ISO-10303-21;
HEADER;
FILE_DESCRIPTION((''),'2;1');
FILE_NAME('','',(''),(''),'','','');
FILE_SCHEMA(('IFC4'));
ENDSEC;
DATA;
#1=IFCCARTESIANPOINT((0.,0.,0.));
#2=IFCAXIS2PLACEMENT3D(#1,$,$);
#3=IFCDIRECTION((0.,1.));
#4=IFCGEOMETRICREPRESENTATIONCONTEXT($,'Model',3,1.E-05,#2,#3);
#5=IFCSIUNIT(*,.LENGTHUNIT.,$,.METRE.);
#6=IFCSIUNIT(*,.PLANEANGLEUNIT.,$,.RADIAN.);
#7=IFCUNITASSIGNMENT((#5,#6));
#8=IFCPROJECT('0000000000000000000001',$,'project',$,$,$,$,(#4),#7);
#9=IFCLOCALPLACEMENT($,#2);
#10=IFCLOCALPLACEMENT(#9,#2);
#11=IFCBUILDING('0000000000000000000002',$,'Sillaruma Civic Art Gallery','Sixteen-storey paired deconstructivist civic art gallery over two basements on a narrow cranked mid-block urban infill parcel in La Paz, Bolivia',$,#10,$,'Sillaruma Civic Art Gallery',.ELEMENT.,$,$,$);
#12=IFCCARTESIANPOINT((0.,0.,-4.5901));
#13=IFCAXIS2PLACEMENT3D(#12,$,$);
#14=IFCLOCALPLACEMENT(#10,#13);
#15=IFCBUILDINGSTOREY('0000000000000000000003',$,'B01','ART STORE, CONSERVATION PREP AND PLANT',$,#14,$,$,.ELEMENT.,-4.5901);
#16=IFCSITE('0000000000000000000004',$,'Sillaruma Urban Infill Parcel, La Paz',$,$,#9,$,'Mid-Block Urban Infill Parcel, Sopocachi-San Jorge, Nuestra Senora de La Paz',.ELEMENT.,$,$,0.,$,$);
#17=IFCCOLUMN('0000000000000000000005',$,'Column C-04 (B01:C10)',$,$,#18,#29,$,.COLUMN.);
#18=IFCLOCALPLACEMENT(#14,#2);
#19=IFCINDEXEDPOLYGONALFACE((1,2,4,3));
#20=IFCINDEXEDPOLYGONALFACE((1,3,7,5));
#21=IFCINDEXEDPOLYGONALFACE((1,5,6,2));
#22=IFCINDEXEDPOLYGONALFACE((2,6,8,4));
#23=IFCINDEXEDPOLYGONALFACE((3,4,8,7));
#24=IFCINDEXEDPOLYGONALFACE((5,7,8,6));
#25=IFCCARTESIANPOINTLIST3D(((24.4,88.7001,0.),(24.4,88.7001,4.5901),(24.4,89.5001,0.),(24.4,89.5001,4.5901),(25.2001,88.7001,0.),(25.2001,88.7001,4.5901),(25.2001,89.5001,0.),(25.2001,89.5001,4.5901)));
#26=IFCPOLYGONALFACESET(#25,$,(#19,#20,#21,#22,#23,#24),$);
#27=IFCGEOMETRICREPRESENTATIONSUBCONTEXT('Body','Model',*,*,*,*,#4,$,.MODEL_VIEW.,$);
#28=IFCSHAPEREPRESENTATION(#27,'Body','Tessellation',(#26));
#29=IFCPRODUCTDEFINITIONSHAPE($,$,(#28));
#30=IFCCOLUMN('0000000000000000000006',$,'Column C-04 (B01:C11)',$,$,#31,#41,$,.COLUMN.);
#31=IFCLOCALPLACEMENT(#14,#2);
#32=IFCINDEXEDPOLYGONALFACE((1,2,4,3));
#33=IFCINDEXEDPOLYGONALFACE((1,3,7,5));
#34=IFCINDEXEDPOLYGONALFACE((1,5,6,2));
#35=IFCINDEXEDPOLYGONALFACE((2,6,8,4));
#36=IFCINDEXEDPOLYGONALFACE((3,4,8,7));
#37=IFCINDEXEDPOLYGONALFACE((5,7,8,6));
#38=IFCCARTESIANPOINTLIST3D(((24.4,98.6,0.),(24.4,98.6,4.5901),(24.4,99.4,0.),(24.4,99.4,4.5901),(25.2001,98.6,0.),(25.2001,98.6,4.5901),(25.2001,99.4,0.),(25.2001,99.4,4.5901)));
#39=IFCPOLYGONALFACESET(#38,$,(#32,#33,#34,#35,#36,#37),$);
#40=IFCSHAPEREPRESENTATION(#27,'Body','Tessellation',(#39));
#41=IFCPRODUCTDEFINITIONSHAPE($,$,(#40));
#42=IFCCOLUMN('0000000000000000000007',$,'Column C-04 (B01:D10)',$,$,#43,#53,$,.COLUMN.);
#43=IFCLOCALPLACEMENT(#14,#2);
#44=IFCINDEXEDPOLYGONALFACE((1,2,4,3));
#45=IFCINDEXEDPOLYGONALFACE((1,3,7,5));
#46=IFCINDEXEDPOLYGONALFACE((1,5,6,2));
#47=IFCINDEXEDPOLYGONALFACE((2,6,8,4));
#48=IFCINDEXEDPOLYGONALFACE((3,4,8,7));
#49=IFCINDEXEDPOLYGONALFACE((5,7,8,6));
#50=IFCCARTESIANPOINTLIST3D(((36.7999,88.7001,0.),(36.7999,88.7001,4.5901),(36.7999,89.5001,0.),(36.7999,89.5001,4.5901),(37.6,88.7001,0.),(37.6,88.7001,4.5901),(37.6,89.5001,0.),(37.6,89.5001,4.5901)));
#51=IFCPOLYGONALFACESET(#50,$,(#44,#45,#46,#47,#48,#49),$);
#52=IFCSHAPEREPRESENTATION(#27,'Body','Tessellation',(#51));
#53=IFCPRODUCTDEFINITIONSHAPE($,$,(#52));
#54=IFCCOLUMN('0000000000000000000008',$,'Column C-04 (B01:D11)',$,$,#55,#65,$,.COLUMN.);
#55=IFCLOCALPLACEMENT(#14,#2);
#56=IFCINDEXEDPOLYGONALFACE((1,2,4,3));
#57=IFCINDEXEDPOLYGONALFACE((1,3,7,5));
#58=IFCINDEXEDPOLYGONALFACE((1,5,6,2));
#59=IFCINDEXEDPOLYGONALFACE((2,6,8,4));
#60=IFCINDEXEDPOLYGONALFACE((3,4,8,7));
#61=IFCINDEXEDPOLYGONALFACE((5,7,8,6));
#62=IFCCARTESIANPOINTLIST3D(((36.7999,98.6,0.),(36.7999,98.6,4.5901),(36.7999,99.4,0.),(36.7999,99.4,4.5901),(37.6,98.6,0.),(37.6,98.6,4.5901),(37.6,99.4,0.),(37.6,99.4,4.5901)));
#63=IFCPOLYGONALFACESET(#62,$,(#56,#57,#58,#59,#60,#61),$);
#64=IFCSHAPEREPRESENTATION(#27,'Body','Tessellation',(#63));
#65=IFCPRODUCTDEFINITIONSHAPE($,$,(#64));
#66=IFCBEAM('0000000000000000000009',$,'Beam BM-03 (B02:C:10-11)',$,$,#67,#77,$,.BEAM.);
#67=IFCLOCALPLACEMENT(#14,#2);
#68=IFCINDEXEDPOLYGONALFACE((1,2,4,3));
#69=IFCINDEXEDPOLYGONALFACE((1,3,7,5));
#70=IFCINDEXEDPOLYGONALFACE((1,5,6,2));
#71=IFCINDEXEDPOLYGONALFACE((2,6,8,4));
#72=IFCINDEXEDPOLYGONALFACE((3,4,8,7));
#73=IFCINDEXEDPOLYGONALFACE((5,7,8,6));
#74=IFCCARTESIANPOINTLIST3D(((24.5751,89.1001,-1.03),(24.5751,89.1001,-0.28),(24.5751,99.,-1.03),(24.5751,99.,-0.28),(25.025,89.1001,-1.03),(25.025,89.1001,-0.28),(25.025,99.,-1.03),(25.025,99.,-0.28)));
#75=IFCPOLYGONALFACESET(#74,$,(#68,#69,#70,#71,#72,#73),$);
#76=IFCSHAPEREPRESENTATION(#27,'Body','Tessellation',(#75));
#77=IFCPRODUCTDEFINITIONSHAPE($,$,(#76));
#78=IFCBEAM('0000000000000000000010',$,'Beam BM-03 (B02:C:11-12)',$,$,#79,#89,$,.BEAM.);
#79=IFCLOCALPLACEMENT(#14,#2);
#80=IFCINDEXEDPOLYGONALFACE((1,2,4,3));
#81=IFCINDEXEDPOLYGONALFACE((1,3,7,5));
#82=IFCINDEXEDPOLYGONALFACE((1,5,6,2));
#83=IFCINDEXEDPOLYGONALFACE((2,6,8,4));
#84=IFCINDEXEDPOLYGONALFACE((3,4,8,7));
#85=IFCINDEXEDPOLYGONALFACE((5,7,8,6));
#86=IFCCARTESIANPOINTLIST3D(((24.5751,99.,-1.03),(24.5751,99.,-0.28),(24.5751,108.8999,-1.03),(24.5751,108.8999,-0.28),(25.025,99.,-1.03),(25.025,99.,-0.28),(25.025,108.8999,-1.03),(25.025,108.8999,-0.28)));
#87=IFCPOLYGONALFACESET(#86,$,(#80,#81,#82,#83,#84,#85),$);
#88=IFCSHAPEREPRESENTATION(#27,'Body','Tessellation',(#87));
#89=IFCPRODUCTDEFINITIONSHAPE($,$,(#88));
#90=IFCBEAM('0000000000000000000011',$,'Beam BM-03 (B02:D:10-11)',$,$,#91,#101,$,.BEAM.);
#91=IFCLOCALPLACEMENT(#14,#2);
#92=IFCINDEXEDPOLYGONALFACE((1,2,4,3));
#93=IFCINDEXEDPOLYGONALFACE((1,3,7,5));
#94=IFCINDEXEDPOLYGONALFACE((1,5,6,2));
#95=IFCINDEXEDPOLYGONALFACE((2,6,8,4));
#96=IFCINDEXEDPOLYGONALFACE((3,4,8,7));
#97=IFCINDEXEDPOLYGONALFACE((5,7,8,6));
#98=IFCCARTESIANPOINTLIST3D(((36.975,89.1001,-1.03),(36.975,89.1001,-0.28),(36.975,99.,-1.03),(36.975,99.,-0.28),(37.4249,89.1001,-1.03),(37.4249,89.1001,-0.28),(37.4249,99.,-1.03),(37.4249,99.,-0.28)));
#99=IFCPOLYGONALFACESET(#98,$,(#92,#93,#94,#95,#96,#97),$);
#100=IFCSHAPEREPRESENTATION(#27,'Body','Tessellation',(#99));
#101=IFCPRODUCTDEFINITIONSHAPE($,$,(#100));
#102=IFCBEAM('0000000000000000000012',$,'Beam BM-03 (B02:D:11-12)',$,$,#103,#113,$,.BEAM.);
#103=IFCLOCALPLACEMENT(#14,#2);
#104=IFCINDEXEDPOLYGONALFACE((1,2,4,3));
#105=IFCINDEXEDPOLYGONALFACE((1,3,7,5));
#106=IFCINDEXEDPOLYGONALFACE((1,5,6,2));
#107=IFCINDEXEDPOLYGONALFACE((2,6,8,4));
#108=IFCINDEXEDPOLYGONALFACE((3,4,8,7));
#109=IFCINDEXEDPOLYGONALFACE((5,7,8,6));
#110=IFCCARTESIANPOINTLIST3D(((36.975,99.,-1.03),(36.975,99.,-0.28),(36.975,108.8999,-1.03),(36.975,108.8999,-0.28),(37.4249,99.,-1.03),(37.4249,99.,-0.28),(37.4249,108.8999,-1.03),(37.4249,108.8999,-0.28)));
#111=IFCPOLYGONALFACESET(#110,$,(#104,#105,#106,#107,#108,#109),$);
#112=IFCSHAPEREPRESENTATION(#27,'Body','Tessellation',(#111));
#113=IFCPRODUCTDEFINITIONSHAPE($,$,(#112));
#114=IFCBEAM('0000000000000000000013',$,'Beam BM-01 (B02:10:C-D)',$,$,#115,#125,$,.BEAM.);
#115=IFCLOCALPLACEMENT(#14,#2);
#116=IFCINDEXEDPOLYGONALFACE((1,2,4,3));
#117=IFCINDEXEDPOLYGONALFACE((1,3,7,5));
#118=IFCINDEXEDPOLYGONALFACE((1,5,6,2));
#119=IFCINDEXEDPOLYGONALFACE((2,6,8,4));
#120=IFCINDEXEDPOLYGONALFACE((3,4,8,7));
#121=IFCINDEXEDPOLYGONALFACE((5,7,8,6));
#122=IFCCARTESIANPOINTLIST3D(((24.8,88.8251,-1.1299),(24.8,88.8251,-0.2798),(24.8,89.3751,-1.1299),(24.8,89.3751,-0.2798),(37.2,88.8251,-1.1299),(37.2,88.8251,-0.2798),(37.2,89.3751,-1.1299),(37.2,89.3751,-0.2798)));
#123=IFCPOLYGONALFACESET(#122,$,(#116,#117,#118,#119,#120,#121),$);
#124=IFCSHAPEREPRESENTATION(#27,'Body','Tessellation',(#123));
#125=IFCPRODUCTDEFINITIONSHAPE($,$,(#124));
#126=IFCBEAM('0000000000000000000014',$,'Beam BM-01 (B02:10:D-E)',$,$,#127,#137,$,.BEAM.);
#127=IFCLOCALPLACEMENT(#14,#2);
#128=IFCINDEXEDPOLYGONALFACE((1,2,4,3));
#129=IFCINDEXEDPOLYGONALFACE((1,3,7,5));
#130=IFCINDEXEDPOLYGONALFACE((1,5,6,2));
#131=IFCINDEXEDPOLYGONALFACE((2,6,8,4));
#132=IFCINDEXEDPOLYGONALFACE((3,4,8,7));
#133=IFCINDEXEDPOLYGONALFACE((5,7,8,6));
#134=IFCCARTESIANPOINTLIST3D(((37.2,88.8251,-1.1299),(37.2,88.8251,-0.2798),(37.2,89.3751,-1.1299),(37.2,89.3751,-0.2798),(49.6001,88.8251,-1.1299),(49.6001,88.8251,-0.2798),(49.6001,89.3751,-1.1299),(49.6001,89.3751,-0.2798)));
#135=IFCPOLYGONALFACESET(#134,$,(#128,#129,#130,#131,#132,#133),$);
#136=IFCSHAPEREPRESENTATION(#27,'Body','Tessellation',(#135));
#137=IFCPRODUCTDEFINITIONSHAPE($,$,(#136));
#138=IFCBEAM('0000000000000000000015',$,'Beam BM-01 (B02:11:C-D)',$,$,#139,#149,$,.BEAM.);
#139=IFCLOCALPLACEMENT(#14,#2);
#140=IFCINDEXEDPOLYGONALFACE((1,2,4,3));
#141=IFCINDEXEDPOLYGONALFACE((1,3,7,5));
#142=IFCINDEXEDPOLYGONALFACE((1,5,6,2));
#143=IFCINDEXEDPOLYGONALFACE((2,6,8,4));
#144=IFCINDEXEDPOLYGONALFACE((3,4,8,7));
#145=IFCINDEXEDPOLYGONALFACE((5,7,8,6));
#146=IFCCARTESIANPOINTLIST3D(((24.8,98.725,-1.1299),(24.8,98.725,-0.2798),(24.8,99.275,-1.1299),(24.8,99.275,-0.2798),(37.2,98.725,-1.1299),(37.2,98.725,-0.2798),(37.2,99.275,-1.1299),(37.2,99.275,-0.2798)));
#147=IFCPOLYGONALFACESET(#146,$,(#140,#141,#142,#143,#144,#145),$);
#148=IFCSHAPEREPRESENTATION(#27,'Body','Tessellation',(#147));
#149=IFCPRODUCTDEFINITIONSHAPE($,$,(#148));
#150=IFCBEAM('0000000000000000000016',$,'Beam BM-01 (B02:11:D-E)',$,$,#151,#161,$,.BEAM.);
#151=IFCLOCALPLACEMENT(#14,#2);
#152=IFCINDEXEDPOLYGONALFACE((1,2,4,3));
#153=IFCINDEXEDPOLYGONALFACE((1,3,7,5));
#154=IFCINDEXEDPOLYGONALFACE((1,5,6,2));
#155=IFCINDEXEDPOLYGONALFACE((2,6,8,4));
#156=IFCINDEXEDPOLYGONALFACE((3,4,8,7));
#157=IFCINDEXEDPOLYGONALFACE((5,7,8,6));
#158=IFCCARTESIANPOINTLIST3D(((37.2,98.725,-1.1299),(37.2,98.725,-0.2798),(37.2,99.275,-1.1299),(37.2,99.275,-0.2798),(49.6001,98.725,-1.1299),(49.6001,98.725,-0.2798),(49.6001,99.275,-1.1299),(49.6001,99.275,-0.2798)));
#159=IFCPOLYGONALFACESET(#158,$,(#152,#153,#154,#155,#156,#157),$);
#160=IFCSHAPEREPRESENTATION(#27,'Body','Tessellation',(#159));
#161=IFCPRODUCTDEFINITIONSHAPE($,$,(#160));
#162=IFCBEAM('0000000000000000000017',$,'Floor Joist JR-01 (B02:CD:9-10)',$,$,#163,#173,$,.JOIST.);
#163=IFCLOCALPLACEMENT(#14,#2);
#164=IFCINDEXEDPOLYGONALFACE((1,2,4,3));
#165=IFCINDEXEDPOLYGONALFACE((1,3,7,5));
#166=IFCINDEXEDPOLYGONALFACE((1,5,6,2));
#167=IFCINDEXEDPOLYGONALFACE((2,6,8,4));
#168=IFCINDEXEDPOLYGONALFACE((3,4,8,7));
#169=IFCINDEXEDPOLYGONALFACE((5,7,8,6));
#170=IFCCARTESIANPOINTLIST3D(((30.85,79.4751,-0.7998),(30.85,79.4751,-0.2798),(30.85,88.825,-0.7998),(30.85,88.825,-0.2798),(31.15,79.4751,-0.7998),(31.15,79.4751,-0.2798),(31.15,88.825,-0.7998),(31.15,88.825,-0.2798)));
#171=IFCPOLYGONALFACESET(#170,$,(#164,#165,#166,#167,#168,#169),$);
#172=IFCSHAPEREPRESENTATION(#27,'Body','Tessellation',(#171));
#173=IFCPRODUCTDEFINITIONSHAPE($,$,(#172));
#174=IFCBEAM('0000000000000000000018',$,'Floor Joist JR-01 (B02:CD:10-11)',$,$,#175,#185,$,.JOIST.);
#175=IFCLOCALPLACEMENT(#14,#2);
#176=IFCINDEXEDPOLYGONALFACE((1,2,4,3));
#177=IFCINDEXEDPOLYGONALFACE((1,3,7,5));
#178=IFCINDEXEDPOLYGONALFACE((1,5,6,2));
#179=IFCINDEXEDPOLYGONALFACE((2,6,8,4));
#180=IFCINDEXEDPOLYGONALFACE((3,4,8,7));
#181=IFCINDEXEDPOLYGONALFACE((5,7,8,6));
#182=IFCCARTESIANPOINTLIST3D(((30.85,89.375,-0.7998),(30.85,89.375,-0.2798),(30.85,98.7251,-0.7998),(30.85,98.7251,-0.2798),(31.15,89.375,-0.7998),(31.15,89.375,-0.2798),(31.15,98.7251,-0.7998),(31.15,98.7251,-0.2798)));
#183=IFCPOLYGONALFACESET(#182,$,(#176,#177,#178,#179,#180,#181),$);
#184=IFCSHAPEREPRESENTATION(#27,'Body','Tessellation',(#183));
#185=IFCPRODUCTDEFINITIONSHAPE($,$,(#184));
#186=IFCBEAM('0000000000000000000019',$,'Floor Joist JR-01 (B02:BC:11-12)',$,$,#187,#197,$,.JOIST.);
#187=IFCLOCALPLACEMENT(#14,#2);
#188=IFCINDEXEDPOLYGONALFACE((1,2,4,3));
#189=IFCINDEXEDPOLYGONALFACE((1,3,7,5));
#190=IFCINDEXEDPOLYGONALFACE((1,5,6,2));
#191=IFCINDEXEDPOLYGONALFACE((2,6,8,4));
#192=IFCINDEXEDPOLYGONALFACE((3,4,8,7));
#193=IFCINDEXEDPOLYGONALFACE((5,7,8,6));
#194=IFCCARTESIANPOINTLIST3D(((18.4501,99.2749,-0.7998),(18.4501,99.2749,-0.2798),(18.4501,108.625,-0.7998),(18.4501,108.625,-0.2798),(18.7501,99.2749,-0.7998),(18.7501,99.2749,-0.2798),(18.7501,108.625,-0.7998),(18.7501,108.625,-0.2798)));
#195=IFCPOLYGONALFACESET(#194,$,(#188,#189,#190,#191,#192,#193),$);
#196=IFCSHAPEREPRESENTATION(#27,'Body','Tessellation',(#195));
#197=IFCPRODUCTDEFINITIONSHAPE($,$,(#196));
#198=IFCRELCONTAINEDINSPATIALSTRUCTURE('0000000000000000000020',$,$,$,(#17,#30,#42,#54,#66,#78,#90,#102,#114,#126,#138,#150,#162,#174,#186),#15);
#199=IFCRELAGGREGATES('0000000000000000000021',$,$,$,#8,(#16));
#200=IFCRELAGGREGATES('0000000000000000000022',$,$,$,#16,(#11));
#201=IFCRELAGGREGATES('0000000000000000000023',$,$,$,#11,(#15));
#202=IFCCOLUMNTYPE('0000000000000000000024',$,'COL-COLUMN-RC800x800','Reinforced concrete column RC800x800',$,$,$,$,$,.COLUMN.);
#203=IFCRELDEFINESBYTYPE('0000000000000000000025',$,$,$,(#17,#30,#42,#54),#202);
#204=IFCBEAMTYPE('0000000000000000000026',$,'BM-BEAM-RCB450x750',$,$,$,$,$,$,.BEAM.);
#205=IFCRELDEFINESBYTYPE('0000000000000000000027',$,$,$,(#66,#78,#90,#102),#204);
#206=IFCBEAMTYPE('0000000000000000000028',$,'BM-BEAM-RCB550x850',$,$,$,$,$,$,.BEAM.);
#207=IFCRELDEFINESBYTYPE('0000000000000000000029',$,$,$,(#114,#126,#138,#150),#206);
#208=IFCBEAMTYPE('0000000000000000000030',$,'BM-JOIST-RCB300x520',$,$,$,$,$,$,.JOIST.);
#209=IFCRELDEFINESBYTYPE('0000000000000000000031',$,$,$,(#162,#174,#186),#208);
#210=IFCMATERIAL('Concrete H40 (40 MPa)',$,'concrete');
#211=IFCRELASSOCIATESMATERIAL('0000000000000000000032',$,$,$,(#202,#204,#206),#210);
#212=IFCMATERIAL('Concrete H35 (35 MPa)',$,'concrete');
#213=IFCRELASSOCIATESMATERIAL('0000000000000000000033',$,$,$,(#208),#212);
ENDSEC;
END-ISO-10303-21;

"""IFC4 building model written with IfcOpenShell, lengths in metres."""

from ifc_helpers import new_model, si_unit, direction, frame, origin, origin_2d, place, context, subcontext, project, spatial, rectangle, extrude, material, material_profile, profile_set, type_object, element, save


model = new_model("IFC4")

# Units and contexts
model_context = context("Model", 3, precision=1e-05, world=origin(), true_north=direction((0.0, 1.0)))
body_context = subcontext(model_context, "Body", "Model", "MODEL_VIEW")
ifc_project = project(units=[si_unit("LENGTHUNIT", "METRE"), si_unit("PLANEANGLEUNIT", "RADIAN")], contexts=[model_context])

# Site, building, storey
site_placement = place(None, origin())
site = spatial("IfcSite", under=ifc_project, at=site_placement, Name="Sillaruma Urban Infill Parcel, La Paz", LongName="Mid-Block Urban Infill Parcel, Sopocachi-San Jorge, Nuestra Senora de La Paz", CompositionType="ELEMENT", RefElevation=0.0)
building_placement = place(site_placement, origin())
building = spatial("IfcBuilding", under=site, at=building_placement, Name="Sillaruma Civic Art Gallery", Description="Sixteen-storey paired deconstructivist civic art gallery over two basements on a narrow cranked mid-block urban infill parcel in La Paz, Bolivia", LongName="Sillaruma Civic Art Gallery", CompositionType="ELEMENT")
storey_placement = place(building_placement, frame((0.0, 0.0, -4.5901)))
storey = spatial("IfcBuildingStorey", under=building, at=storey_placement, Name="B01", Description="ART STORE, CONSERVATION PREP AND PLANT", CompositionType="ELEMENT", Elevation=-4.5901)

# Columns
ifc_material_1 = material(Name="Concrete H40 (40 MPa)", Category="concrete")
ifc_material_profile_1 = material_profile(ifc_material_1, rectangle(XDim=0.8, YDim=0.8, at=origin_2d()), Name="RC800x800")
ifc_profile_set_1 = profile_set([ifc_material_profile_1], Name="Concrete H40 (40 MPa)")
column_type = type_object("IfcColumnType", Name="COL-COLUMN-RC800x800", Description="Reinforced concrete column RC800x800", PredefinedType="COLUMN", material=ifc_profile_set_1)
for number, where, z_axis, x_axis, name in (
    (1, (24.8, 89.1001, 0.0), (0.0, 0.0, 1.0), (1.0, 0.0, 0.0), "Column C-04 (B01:C10)"),
    (2, (24.8, 99.0, 0.0), (0.0, 0.0, 1.0), (1.0, 0.0, 0.0), "Column C-04 (B01:C11)"),
    (3, (37.2, 89.1001, 0.0), (0.0, 0.0, 1.0), (1.0, 0.0, 0.0), "Column C-04 (B01:D10)"),
    (4, (37.2, 99.0, 0.0), (0.0, 0.0, 1.0), (1.0, 0.0, 0.0), "Column C-04 (B01:D11)"),
):
    element("IfcColumn", number, at=place(storey_placement, frame(where, z_axis=z_axis, x_axis=x_axis)), inside=storey, type_object=column_type, Name=name, PredefinedType="COLUMN", context=body_context, shape_type="SweptSolid", body=[
        extrude(rectangle(XDim=0.8, YDim=0.8, at=origin_2d()), origin(), (0.0, 0.0, 1.0), 4.5901),
    ])

# Beams
ifc_material_profile_2 = material_profile(ifc_material_1, rectangle(XDim=0.45, YDim=0.75, at=origin_2d()), Name="RCB450x750")
ifc_profile_set_2 = profile_set([ifc_material_profile_2], Name="Concrete H40 (40 MPa)")
beam_type_1 = type_object("IfcBeamType", Name="BM-BEAM-RCB450x750", PredefinedType="BEAM", material=ifc_profile_set_2)
for number, where, z_axis, x_axis, name in (
    (5, (24.8, 89.1001, -0.655), (0.0, 1.0, 0.0), (-1.0, 0.0, 0.0), "Beam BM-03 (B02:C:10-11)"),
    (6, (24.8, 99.0, -0.655), (0.0, 1.0, 0.0), (-1.0, 0.0, 0.0), "Beam BM-03 (B02:C:11-12)"),
    (7, (37.2, 89.1001, -0.655), (0.0, 1.0, 0.0), (-1.0, 0.0, 0.0), "Beam BM-03 (B02:D:10-11)"),
    (8, (37.2, 99.0, -0.655), (0.0, 1.0, 0.0), (-1.0, 0.0, 0.0), "Beam BM-03 (B02:D:11-12)"),
):
    element("IfcBeam", number, at=place(storey_placement, frame(where, z_axis=z_axis, x_axis=x_axis)), inside=storey, type_object=beam_type_1, Name=name, PredefinedType="BEAM", context=body_context, shape_type="SweptSolid", body=[
        extrude(rectangle(XDim=0.45, YDim=0.75, at=origin_2d()), origin(), (0.0, 0.0, 1.0), 9.8999),
    ])
ifc_material_profile_3 = material_profile(ifc_material_1, rectangle(XDim=0.55, YDim=0.8501, at=origin_2d()), Name="RCB550x850")
ifc_profile_set_3 = profile_set([ifc_material_profile_3], Name="Concrete H40 (40 MPa)")
beam_type_2 = type_object("IfcBeamType", Name="BM-BEAM-RCB550x850", PredefinedType="BEAM", material=ifc_profile_set_3)
beam_1_placement = place(storey_placement, frame((24.8, 89.1001, -0.7048), z_axis=(1.0, 0.0, 0.0), x_axis=(0.0, 1.0, 0.0)))
element("IfcBeam", 9, at=beam_1_placement, inside=storey, type_object=beam_type_2, Name="Beam BM-01 (B02:10:C-D)", PredefinedType="BEAM", context=body_context, shape_type="SweptSolid", body=[
    extrude(rectangle(XDim=0.55, YDim=0.8501, at=origin_2d()), origin(), (0.0, 0.0, 1.0), 12.3999),
])
beam_2_placement = place(storey_placement, frame((37.2, 89.1001, -0.7048), z_axis=(1.0, 0.0, 0.0), x_axis=(0.0, 1.0, 0.0)))
element("IfcBeam", 10, at=beam_2_placement, inside=storey, type_object=beam_type_2, Name="Beam BM-01 (B02:10:D-E)", PredefinedType="BEAM", context=body_context, shape_type="SweptSolid", body=[
    extrude(rectangle(XDim=0.55, YDim=0.8501, at=origin_2d()), origin(), (0.0, 0.0, 1.0), 12.4001),
])
beam_3_placement = place(storey_placement, frame((24.8, 99.0, -0.7048), z_axis=(1.0, 0.0, 0.0), x_axis=(0.0, 1.0, 0.0)))
element("IfcBeam", 11, at=beam_3_placement, inside=storey, type_object=beam_type_2, Name="Beam BM-01 (B02:11:C-D)", PredefinedType="BEAM", context=body_context, shape_type="SweptSolid", body=[
    extrude(rectangle(XDim=0.55, YDim=0.8501, at=origin_2d()), origin(), (0.0, 0.0, 1.0), 12.3999),
])
beam_4_placement = place(storey_placement, frame((37.2, 99.0, -0.7048), z_axis=(1.0, 0.0, 0.0), x_axis=(0.0, 1.0, 0.0)))
element("IfcBeam", 12, at=beam_4_placement, inside=storey, type_object=beam_type_2, Name="Beam BM-01 (B02:11:D-E)", PredefinedType="BEAM", context=body_context, shape_type="SweptSolid", body=[
    extrude(rectangle(XDim=0.55, YDim=0.8501, at=origin_2d()), origin(), (0.0, 0.0, 1.0), 12.4001),
])
ifc_material_2 = material(Name="Concrete H35 (35 MPa)", Category="concrete")
ifc_material_profile_4 = material_profile(ifc_material_2, rectangle(XDim=0.3, YDim=0.52, at=origin_2d()), Name="RCB300x520")
ifc_profile_set_4 = profile_set([ifc_material_profile_4], Name="Concrete H35 (35 MPa)")
beam_type_3 = type_object("IfcBeamType", Name="BM-JOIST-RCB300x520", PredefinedType="JOIST", material=ifc_profile_set_4)
beam_5_placement = place(storey_placement, frame((31.0, 79.4751, -0.5398), z_axis=(0.0, 1.0, 0.0), x_axis=(-1.0, 0.0, 0.0)))
element("IfcBeam", 13, at=beam_5_placement, inside=storey, type_object=beam_type_3, Name="Floor Joist JR-01 (B02:CD:9-10)", PredefinedType="JOIST", context=body_context, shape_type="SweptSolid", body=[
    extrude(rectangle(XDim=0.3, YDim=0.52, at=origin_2d()), origin(), (0.0, 0.0, 1.0), 9.3499),
])
for number, where, z_axis, x_axis, name in (
    (14, (31.0, 89.375, -0.5398), (0.0, 1.0, 0.0), (-1.0, 0.0, 0.0), "Floor Joist JR-01 (B02:CD:10-11)"),
    (15, (18.6001, 99.2749, -0.5398), (0.0, 1.0, 0.0), (-1.0, 0.0, 0.0), "Floor Joist JR-01 (B02:BC:11-12)"),
):
    element("IfcBeam", number, at=place(storey_placement, frame(where, z_axis=z_axis, x_axis=x_axis)), inside=storey, type_object=beam_type_3, Name=name, PredefinedType="JOIST", context=body_context, shape_type="SweptSolid", body=[
        extrude(rectangle(XDim=0.3, YDim=0.52, at=origin_2d()), origin(), (0.0, 0.0, 1.0), 9.3501),
    ])

save(model, "model.ifc")
